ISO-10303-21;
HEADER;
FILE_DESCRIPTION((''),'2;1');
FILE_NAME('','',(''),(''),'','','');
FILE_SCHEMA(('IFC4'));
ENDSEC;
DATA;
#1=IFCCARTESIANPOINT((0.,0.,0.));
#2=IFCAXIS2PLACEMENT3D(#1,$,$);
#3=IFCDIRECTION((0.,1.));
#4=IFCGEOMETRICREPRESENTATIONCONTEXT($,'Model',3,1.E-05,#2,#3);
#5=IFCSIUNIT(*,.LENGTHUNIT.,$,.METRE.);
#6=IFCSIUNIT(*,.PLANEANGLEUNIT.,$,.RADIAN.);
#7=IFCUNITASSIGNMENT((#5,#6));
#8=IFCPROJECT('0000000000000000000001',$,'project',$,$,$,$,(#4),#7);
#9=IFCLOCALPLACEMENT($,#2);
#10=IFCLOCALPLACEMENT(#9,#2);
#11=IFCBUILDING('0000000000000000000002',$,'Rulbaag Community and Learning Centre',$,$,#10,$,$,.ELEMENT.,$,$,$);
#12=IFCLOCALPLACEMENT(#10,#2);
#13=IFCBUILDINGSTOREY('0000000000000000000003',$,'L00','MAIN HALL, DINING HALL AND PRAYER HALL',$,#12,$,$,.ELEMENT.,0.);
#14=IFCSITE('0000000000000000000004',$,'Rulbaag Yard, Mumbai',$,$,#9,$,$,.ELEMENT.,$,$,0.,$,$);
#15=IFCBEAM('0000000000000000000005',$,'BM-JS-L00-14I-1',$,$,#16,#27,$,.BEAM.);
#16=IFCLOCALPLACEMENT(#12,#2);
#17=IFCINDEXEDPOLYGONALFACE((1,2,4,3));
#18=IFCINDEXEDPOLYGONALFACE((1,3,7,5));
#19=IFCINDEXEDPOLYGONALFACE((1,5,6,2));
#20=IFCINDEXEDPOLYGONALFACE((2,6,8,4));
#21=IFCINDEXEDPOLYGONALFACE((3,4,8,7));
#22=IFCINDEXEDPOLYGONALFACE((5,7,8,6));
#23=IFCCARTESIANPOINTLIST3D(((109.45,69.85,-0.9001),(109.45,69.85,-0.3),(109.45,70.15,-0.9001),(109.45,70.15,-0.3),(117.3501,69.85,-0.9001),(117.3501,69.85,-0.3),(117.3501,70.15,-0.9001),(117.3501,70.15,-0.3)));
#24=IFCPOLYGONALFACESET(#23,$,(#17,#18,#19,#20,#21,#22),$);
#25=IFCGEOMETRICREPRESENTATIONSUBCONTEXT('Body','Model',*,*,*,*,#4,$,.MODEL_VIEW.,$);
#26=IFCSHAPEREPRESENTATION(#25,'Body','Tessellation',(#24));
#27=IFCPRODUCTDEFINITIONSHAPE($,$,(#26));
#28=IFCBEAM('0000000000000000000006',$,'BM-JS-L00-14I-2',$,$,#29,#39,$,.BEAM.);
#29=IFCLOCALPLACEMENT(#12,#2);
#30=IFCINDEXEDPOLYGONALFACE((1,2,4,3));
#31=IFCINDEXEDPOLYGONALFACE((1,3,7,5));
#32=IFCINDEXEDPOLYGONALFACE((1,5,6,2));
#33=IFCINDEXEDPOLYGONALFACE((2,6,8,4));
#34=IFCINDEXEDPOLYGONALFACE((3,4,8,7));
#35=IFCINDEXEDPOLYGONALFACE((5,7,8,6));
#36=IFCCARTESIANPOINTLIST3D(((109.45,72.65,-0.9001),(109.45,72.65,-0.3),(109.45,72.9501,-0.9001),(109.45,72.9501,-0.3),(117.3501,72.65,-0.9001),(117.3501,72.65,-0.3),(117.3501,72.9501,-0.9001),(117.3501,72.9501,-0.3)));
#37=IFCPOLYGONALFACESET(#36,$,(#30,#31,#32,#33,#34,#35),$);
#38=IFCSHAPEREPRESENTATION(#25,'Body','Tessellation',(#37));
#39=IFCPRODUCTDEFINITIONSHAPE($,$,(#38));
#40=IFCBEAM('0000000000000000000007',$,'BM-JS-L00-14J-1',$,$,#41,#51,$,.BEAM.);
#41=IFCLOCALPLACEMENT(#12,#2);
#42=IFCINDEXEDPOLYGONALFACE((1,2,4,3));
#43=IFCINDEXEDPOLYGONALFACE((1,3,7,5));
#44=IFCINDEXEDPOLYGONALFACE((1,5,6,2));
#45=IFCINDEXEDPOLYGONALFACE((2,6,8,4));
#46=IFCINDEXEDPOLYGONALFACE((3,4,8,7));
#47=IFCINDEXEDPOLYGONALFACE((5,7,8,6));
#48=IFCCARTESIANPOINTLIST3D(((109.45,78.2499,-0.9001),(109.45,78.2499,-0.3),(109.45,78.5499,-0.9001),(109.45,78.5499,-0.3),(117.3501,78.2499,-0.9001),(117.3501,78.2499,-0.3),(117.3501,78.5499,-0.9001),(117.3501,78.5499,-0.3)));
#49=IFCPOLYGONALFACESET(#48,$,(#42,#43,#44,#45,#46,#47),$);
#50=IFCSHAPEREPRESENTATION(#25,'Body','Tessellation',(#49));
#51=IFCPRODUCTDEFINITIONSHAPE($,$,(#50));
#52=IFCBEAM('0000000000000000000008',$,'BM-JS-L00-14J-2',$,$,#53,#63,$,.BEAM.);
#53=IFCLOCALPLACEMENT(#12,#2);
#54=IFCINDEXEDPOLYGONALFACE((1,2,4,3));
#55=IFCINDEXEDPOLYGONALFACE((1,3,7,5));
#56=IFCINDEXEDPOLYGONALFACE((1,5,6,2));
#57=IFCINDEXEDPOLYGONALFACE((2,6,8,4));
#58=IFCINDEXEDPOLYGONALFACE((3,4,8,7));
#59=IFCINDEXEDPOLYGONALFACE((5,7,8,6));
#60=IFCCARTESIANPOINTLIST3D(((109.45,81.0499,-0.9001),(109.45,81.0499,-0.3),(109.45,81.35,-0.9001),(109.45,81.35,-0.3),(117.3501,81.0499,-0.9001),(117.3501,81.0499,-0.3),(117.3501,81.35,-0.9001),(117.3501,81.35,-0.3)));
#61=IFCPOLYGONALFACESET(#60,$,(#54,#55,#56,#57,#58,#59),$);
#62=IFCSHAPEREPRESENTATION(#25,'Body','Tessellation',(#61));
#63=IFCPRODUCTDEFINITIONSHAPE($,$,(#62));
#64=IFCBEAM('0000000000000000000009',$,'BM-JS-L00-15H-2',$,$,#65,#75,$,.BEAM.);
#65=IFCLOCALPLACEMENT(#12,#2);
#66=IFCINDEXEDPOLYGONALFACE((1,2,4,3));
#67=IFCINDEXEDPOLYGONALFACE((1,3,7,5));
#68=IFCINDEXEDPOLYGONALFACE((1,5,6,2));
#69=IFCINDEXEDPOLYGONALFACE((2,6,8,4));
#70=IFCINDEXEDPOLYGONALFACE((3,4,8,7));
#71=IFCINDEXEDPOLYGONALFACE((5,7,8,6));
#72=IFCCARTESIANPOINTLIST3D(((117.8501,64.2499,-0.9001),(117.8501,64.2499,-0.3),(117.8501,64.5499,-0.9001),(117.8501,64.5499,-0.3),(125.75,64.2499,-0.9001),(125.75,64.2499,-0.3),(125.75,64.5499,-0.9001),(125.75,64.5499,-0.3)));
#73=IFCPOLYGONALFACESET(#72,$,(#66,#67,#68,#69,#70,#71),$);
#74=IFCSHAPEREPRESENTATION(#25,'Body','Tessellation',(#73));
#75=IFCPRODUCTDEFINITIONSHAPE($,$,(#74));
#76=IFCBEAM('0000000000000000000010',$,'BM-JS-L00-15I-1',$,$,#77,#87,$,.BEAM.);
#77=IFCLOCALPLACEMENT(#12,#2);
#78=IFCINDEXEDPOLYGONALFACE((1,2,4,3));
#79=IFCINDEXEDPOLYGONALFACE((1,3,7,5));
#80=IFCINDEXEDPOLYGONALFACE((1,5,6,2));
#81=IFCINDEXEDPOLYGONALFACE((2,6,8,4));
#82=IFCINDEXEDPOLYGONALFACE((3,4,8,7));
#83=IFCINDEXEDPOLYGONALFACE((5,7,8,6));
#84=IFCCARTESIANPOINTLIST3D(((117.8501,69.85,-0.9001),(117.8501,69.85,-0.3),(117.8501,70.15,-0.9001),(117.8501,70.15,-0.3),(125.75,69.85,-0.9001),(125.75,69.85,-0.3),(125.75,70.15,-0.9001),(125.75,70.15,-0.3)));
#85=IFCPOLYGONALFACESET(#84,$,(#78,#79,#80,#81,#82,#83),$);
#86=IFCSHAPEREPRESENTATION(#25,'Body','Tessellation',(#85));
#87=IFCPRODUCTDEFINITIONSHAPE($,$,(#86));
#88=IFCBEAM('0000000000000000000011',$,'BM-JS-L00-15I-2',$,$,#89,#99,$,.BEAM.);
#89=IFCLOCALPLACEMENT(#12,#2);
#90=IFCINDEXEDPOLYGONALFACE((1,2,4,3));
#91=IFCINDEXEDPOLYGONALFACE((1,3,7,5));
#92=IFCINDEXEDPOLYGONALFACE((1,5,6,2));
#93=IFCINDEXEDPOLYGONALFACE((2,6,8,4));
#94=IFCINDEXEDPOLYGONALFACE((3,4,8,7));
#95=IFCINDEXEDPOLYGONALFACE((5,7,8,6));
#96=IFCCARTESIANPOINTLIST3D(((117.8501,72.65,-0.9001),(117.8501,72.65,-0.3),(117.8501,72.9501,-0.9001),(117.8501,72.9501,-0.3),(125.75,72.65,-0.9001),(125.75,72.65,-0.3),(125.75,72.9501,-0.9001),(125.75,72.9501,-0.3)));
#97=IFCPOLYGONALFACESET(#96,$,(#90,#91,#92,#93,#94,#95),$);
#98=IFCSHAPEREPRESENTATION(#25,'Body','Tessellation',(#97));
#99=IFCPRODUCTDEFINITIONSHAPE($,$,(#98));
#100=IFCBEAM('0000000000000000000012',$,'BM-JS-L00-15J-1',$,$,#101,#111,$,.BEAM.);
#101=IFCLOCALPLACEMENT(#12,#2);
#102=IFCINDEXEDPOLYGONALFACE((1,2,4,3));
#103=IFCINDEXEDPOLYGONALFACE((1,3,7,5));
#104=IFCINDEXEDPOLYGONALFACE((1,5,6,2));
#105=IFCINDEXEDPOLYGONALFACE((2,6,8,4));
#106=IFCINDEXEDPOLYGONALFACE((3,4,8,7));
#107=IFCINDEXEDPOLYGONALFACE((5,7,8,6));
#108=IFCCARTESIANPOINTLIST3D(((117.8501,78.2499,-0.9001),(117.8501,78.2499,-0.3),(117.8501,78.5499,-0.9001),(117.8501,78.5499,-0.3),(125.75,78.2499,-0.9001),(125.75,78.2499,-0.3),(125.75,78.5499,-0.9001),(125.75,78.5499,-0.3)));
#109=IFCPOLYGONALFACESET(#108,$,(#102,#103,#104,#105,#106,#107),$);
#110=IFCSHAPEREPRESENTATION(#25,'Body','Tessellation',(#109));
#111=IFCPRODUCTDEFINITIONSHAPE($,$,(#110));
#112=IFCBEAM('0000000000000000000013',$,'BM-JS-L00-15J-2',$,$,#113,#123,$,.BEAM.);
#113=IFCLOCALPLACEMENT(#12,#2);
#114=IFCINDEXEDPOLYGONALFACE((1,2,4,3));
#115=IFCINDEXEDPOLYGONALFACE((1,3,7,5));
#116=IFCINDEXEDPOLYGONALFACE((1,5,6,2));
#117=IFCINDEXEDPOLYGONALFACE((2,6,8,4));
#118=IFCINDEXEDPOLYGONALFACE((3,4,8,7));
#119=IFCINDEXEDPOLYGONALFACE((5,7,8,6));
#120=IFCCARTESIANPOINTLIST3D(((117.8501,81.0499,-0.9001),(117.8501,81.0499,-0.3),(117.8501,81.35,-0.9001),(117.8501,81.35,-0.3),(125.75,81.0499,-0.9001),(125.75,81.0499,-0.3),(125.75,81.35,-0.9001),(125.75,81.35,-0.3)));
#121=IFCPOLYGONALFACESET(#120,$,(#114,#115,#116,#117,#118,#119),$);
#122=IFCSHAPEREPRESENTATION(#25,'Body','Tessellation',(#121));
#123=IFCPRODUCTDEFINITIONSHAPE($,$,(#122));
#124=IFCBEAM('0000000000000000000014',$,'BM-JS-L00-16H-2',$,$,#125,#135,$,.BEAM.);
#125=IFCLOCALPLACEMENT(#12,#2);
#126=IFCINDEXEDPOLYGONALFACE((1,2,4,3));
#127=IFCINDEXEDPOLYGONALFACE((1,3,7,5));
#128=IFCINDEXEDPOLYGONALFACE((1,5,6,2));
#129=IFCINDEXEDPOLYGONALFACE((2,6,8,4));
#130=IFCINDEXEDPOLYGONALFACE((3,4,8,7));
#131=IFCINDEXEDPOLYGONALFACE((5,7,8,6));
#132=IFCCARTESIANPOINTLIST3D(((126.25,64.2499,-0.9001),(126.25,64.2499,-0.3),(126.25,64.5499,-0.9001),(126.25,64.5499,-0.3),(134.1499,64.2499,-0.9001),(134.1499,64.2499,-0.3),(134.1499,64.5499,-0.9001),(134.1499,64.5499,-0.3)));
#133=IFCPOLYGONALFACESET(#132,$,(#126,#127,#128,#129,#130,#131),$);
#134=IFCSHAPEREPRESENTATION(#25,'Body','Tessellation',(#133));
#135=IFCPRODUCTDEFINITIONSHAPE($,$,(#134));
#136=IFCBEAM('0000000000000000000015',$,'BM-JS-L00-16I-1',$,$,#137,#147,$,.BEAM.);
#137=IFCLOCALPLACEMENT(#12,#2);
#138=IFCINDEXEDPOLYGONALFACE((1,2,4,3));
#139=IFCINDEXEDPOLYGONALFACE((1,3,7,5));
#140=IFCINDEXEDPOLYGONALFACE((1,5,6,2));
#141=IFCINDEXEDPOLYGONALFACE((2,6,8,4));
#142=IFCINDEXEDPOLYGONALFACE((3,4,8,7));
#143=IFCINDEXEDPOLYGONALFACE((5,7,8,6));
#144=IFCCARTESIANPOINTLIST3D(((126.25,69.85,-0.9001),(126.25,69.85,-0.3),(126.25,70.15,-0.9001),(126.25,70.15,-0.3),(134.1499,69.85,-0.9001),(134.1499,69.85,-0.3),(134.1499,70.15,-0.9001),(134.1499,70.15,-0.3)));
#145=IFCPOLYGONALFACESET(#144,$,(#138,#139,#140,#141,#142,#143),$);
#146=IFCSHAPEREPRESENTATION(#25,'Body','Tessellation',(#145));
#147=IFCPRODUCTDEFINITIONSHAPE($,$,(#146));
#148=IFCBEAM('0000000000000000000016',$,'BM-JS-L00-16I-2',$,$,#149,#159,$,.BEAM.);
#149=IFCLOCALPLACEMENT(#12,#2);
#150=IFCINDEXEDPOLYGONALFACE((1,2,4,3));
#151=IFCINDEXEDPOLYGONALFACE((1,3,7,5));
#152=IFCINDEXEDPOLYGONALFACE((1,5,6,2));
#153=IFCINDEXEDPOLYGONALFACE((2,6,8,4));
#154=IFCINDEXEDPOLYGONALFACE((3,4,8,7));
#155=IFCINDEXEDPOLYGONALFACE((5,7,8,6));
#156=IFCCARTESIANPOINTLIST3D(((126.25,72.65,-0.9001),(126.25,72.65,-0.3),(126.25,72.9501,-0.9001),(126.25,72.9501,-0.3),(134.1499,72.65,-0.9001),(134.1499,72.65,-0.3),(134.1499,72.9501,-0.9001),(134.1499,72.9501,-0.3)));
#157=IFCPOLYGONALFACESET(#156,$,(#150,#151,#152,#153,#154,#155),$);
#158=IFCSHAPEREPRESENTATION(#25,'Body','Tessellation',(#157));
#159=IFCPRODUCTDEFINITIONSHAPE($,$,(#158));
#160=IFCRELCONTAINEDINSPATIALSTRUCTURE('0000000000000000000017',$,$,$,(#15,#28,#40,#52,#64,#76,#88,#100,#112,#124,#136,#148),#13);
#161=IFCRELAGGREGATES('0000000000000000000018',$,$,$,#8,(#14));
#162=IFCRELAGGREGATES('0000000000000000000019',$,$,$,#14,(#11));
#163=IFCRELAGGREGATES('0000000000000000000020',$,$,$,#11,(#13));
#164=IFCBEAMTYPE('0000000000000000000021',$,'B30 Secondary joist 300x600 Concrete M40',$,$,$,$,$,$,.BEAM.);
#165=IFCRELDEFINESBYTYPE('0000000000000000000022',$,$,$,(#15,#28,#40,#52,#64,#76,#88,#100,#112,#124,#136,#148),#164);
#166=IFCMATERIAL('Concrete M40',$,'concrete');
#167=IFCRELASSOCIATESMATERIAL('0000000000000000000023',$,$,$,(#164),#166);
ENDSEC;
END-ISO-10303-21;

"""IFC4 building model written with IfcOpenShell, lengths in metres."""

from ifc_helpers import new_model, si_unit, direction, frame, origin, origin_2d, place, context, subcontext, project, spatial, rectangle, extrude, material, material_profile, profile_set, type_object, element, save


model = new_model("IFC4")

# Units and contexts
model_context = context("Model", 3, precision=1e-05, world=origin(), true_north=direction((0.0, 1.0)))
body_context = subcontext(model_context, "Body", "Model", "MODEL_VIEW")
ifc_project = project(units=[si_unit("LENGTHUNIT", "METRE"), si_unit("PLANEANGLEUNIT", "RADIAN")], contexts=[model_context])

# Site, building, storey
site_placement = place(None, origin())
site = spatial("IfcSite", under=ifc_project, at=site_placement, Name="Rulbaag Yard, Mumbai", CompositionType="ELEMENT", RefElevation=0.0)
building_placement = place(site_placement, origin())
building = spatial("IfcBuilding", under=site, at=building_placement, Name="Rulbaag Community and Learning Centre", CompositionType="ELEMENT")
storey_placement = place(building_placement, origin())
storey = spatial("IfcBuildingStorey", under=building, at=storey_placement, Name="L00", Description="MAIN HALL, DINING HALL AND PRAYER HALL", CompositionType="ELEMENT", Elevation=0.0)

# Beams
ifc_material = material(Name="Concrete M40", Category="concrete")
ifc_material_profile_1 = material_profile(ifc_material, rectangle(XDim=0.3, YDim=0.6001, at=origin_2d()), Name="RB300x600")
ifc_profile_set_1 = profile_set([ifc_material_profile_1], Name="Concrete M40")
beam_type_1 = type_object("IfcBeamType", Name="B30 Secondary joist 300x600 Concrete M40", PredefinedType="BEAM", material=ifc_profile_set_1)
for number, where, z_axis, x_axis, name in (
    (1, (109.45, 70.0, -0.6001), (1.0, 0.0, 0.0), (0.0, 1.0, 0.0), "BM-JS-L00-14I-1"),
    (2, (109.45, 72.8, -0.6001), (1.0, 0.0, 0.0), (0.0, 1.0, 0.0), "BM-JS-L00-14I-2"),
    (3, (109.45, 78.3999, -0.6001), (1.0, 0.0, 0.0), (0.0, 1.0, 0.0), "BM-JS-L00-14J-1"),
    (4, (109.45, 81.2, -0.6001), (1.0, 0.0, 0.0), (0.0, 1.0, 0.0), "BM-JS-L00-14J-2"),
):
    element("IfcBeam", number, at=place(storey_placement, frame(where, z_axis=z_axis, x_axis=x_axis)), inside=storey, type_object=beam_type_1, Name=name, PredefinedType="BEAM", context=body_context, shape_type="SweptSolid", body=[
        extrude(rectangle(XDim=0.3, YDim=0.6001, at=origin_2d()), origin(), (0.0, 0.0, 1.0), 7.9001),
    ])
for number, where, z_axis, x_axis, name in (
    (5, (117.8501, 64.3999, -0.6001), (1.0, 0.0, 0.0), (0.0, 1.0, 0.0), "BM-JS-L00-15H-2"),
    (6, (117.8501, 70.0, -0.6001), (1.0, 0.0, 0.0), (0.0, 1.0, 0.0), "BM-JS-L00-15I-1"),
    (7, (117.8501, 72.8, -0.6001), (1.0, 0.0, 0.0), (0.0, 1.0, 0.0), "BM-JS-L00-15I-2"),
    (8, (117.8501, 78.3999, -0.6001), (1.0, 0.0, 0.0), (0.0, 1.0, 0.0), "BM-JS-L00-15J-1"),
    (9, (117.8501, 81.2, -0.6001), (1.0, 0.0, 0.0), (0.0, 1.0, 0.0), "BM-JS-L00-15J-2"),
    (10, (126.25, 64.3999, -0.6001), (1.0, 0.0, 0.0), (0.0, 1.0, 0.0), "BM-JS-L00-16H-2"),
    (11, (126.25, 70.0, -0.6001), (1.0, 0.0, 0.0), (0.0, 1.0, 0.0), "BM-JS-L00-16I-1"),
    (12, (126.25, 72.8, -0.6001), (1.0, 0.0, 0.0), (0.0, 1.0, 0.0), "BM-JS-L00-16I-2"),
):
    element("IfcBeam", number, at=place(storey_placement, frame(where, z_axis=z_axis, x_axis=x_axis)), inside=storey, type_object=beam_type_1, Name=name, PredefinedType="BEAM", context=body_context, shape_type="SweptSolid", body=[
        extrude(rectangle(XDim=0.3, YDim=0.6001, at=origin_2d()), origin(), (0.0, 0.0, 1.0), 7.8999),
    ])

save(model, "model.ifc")
